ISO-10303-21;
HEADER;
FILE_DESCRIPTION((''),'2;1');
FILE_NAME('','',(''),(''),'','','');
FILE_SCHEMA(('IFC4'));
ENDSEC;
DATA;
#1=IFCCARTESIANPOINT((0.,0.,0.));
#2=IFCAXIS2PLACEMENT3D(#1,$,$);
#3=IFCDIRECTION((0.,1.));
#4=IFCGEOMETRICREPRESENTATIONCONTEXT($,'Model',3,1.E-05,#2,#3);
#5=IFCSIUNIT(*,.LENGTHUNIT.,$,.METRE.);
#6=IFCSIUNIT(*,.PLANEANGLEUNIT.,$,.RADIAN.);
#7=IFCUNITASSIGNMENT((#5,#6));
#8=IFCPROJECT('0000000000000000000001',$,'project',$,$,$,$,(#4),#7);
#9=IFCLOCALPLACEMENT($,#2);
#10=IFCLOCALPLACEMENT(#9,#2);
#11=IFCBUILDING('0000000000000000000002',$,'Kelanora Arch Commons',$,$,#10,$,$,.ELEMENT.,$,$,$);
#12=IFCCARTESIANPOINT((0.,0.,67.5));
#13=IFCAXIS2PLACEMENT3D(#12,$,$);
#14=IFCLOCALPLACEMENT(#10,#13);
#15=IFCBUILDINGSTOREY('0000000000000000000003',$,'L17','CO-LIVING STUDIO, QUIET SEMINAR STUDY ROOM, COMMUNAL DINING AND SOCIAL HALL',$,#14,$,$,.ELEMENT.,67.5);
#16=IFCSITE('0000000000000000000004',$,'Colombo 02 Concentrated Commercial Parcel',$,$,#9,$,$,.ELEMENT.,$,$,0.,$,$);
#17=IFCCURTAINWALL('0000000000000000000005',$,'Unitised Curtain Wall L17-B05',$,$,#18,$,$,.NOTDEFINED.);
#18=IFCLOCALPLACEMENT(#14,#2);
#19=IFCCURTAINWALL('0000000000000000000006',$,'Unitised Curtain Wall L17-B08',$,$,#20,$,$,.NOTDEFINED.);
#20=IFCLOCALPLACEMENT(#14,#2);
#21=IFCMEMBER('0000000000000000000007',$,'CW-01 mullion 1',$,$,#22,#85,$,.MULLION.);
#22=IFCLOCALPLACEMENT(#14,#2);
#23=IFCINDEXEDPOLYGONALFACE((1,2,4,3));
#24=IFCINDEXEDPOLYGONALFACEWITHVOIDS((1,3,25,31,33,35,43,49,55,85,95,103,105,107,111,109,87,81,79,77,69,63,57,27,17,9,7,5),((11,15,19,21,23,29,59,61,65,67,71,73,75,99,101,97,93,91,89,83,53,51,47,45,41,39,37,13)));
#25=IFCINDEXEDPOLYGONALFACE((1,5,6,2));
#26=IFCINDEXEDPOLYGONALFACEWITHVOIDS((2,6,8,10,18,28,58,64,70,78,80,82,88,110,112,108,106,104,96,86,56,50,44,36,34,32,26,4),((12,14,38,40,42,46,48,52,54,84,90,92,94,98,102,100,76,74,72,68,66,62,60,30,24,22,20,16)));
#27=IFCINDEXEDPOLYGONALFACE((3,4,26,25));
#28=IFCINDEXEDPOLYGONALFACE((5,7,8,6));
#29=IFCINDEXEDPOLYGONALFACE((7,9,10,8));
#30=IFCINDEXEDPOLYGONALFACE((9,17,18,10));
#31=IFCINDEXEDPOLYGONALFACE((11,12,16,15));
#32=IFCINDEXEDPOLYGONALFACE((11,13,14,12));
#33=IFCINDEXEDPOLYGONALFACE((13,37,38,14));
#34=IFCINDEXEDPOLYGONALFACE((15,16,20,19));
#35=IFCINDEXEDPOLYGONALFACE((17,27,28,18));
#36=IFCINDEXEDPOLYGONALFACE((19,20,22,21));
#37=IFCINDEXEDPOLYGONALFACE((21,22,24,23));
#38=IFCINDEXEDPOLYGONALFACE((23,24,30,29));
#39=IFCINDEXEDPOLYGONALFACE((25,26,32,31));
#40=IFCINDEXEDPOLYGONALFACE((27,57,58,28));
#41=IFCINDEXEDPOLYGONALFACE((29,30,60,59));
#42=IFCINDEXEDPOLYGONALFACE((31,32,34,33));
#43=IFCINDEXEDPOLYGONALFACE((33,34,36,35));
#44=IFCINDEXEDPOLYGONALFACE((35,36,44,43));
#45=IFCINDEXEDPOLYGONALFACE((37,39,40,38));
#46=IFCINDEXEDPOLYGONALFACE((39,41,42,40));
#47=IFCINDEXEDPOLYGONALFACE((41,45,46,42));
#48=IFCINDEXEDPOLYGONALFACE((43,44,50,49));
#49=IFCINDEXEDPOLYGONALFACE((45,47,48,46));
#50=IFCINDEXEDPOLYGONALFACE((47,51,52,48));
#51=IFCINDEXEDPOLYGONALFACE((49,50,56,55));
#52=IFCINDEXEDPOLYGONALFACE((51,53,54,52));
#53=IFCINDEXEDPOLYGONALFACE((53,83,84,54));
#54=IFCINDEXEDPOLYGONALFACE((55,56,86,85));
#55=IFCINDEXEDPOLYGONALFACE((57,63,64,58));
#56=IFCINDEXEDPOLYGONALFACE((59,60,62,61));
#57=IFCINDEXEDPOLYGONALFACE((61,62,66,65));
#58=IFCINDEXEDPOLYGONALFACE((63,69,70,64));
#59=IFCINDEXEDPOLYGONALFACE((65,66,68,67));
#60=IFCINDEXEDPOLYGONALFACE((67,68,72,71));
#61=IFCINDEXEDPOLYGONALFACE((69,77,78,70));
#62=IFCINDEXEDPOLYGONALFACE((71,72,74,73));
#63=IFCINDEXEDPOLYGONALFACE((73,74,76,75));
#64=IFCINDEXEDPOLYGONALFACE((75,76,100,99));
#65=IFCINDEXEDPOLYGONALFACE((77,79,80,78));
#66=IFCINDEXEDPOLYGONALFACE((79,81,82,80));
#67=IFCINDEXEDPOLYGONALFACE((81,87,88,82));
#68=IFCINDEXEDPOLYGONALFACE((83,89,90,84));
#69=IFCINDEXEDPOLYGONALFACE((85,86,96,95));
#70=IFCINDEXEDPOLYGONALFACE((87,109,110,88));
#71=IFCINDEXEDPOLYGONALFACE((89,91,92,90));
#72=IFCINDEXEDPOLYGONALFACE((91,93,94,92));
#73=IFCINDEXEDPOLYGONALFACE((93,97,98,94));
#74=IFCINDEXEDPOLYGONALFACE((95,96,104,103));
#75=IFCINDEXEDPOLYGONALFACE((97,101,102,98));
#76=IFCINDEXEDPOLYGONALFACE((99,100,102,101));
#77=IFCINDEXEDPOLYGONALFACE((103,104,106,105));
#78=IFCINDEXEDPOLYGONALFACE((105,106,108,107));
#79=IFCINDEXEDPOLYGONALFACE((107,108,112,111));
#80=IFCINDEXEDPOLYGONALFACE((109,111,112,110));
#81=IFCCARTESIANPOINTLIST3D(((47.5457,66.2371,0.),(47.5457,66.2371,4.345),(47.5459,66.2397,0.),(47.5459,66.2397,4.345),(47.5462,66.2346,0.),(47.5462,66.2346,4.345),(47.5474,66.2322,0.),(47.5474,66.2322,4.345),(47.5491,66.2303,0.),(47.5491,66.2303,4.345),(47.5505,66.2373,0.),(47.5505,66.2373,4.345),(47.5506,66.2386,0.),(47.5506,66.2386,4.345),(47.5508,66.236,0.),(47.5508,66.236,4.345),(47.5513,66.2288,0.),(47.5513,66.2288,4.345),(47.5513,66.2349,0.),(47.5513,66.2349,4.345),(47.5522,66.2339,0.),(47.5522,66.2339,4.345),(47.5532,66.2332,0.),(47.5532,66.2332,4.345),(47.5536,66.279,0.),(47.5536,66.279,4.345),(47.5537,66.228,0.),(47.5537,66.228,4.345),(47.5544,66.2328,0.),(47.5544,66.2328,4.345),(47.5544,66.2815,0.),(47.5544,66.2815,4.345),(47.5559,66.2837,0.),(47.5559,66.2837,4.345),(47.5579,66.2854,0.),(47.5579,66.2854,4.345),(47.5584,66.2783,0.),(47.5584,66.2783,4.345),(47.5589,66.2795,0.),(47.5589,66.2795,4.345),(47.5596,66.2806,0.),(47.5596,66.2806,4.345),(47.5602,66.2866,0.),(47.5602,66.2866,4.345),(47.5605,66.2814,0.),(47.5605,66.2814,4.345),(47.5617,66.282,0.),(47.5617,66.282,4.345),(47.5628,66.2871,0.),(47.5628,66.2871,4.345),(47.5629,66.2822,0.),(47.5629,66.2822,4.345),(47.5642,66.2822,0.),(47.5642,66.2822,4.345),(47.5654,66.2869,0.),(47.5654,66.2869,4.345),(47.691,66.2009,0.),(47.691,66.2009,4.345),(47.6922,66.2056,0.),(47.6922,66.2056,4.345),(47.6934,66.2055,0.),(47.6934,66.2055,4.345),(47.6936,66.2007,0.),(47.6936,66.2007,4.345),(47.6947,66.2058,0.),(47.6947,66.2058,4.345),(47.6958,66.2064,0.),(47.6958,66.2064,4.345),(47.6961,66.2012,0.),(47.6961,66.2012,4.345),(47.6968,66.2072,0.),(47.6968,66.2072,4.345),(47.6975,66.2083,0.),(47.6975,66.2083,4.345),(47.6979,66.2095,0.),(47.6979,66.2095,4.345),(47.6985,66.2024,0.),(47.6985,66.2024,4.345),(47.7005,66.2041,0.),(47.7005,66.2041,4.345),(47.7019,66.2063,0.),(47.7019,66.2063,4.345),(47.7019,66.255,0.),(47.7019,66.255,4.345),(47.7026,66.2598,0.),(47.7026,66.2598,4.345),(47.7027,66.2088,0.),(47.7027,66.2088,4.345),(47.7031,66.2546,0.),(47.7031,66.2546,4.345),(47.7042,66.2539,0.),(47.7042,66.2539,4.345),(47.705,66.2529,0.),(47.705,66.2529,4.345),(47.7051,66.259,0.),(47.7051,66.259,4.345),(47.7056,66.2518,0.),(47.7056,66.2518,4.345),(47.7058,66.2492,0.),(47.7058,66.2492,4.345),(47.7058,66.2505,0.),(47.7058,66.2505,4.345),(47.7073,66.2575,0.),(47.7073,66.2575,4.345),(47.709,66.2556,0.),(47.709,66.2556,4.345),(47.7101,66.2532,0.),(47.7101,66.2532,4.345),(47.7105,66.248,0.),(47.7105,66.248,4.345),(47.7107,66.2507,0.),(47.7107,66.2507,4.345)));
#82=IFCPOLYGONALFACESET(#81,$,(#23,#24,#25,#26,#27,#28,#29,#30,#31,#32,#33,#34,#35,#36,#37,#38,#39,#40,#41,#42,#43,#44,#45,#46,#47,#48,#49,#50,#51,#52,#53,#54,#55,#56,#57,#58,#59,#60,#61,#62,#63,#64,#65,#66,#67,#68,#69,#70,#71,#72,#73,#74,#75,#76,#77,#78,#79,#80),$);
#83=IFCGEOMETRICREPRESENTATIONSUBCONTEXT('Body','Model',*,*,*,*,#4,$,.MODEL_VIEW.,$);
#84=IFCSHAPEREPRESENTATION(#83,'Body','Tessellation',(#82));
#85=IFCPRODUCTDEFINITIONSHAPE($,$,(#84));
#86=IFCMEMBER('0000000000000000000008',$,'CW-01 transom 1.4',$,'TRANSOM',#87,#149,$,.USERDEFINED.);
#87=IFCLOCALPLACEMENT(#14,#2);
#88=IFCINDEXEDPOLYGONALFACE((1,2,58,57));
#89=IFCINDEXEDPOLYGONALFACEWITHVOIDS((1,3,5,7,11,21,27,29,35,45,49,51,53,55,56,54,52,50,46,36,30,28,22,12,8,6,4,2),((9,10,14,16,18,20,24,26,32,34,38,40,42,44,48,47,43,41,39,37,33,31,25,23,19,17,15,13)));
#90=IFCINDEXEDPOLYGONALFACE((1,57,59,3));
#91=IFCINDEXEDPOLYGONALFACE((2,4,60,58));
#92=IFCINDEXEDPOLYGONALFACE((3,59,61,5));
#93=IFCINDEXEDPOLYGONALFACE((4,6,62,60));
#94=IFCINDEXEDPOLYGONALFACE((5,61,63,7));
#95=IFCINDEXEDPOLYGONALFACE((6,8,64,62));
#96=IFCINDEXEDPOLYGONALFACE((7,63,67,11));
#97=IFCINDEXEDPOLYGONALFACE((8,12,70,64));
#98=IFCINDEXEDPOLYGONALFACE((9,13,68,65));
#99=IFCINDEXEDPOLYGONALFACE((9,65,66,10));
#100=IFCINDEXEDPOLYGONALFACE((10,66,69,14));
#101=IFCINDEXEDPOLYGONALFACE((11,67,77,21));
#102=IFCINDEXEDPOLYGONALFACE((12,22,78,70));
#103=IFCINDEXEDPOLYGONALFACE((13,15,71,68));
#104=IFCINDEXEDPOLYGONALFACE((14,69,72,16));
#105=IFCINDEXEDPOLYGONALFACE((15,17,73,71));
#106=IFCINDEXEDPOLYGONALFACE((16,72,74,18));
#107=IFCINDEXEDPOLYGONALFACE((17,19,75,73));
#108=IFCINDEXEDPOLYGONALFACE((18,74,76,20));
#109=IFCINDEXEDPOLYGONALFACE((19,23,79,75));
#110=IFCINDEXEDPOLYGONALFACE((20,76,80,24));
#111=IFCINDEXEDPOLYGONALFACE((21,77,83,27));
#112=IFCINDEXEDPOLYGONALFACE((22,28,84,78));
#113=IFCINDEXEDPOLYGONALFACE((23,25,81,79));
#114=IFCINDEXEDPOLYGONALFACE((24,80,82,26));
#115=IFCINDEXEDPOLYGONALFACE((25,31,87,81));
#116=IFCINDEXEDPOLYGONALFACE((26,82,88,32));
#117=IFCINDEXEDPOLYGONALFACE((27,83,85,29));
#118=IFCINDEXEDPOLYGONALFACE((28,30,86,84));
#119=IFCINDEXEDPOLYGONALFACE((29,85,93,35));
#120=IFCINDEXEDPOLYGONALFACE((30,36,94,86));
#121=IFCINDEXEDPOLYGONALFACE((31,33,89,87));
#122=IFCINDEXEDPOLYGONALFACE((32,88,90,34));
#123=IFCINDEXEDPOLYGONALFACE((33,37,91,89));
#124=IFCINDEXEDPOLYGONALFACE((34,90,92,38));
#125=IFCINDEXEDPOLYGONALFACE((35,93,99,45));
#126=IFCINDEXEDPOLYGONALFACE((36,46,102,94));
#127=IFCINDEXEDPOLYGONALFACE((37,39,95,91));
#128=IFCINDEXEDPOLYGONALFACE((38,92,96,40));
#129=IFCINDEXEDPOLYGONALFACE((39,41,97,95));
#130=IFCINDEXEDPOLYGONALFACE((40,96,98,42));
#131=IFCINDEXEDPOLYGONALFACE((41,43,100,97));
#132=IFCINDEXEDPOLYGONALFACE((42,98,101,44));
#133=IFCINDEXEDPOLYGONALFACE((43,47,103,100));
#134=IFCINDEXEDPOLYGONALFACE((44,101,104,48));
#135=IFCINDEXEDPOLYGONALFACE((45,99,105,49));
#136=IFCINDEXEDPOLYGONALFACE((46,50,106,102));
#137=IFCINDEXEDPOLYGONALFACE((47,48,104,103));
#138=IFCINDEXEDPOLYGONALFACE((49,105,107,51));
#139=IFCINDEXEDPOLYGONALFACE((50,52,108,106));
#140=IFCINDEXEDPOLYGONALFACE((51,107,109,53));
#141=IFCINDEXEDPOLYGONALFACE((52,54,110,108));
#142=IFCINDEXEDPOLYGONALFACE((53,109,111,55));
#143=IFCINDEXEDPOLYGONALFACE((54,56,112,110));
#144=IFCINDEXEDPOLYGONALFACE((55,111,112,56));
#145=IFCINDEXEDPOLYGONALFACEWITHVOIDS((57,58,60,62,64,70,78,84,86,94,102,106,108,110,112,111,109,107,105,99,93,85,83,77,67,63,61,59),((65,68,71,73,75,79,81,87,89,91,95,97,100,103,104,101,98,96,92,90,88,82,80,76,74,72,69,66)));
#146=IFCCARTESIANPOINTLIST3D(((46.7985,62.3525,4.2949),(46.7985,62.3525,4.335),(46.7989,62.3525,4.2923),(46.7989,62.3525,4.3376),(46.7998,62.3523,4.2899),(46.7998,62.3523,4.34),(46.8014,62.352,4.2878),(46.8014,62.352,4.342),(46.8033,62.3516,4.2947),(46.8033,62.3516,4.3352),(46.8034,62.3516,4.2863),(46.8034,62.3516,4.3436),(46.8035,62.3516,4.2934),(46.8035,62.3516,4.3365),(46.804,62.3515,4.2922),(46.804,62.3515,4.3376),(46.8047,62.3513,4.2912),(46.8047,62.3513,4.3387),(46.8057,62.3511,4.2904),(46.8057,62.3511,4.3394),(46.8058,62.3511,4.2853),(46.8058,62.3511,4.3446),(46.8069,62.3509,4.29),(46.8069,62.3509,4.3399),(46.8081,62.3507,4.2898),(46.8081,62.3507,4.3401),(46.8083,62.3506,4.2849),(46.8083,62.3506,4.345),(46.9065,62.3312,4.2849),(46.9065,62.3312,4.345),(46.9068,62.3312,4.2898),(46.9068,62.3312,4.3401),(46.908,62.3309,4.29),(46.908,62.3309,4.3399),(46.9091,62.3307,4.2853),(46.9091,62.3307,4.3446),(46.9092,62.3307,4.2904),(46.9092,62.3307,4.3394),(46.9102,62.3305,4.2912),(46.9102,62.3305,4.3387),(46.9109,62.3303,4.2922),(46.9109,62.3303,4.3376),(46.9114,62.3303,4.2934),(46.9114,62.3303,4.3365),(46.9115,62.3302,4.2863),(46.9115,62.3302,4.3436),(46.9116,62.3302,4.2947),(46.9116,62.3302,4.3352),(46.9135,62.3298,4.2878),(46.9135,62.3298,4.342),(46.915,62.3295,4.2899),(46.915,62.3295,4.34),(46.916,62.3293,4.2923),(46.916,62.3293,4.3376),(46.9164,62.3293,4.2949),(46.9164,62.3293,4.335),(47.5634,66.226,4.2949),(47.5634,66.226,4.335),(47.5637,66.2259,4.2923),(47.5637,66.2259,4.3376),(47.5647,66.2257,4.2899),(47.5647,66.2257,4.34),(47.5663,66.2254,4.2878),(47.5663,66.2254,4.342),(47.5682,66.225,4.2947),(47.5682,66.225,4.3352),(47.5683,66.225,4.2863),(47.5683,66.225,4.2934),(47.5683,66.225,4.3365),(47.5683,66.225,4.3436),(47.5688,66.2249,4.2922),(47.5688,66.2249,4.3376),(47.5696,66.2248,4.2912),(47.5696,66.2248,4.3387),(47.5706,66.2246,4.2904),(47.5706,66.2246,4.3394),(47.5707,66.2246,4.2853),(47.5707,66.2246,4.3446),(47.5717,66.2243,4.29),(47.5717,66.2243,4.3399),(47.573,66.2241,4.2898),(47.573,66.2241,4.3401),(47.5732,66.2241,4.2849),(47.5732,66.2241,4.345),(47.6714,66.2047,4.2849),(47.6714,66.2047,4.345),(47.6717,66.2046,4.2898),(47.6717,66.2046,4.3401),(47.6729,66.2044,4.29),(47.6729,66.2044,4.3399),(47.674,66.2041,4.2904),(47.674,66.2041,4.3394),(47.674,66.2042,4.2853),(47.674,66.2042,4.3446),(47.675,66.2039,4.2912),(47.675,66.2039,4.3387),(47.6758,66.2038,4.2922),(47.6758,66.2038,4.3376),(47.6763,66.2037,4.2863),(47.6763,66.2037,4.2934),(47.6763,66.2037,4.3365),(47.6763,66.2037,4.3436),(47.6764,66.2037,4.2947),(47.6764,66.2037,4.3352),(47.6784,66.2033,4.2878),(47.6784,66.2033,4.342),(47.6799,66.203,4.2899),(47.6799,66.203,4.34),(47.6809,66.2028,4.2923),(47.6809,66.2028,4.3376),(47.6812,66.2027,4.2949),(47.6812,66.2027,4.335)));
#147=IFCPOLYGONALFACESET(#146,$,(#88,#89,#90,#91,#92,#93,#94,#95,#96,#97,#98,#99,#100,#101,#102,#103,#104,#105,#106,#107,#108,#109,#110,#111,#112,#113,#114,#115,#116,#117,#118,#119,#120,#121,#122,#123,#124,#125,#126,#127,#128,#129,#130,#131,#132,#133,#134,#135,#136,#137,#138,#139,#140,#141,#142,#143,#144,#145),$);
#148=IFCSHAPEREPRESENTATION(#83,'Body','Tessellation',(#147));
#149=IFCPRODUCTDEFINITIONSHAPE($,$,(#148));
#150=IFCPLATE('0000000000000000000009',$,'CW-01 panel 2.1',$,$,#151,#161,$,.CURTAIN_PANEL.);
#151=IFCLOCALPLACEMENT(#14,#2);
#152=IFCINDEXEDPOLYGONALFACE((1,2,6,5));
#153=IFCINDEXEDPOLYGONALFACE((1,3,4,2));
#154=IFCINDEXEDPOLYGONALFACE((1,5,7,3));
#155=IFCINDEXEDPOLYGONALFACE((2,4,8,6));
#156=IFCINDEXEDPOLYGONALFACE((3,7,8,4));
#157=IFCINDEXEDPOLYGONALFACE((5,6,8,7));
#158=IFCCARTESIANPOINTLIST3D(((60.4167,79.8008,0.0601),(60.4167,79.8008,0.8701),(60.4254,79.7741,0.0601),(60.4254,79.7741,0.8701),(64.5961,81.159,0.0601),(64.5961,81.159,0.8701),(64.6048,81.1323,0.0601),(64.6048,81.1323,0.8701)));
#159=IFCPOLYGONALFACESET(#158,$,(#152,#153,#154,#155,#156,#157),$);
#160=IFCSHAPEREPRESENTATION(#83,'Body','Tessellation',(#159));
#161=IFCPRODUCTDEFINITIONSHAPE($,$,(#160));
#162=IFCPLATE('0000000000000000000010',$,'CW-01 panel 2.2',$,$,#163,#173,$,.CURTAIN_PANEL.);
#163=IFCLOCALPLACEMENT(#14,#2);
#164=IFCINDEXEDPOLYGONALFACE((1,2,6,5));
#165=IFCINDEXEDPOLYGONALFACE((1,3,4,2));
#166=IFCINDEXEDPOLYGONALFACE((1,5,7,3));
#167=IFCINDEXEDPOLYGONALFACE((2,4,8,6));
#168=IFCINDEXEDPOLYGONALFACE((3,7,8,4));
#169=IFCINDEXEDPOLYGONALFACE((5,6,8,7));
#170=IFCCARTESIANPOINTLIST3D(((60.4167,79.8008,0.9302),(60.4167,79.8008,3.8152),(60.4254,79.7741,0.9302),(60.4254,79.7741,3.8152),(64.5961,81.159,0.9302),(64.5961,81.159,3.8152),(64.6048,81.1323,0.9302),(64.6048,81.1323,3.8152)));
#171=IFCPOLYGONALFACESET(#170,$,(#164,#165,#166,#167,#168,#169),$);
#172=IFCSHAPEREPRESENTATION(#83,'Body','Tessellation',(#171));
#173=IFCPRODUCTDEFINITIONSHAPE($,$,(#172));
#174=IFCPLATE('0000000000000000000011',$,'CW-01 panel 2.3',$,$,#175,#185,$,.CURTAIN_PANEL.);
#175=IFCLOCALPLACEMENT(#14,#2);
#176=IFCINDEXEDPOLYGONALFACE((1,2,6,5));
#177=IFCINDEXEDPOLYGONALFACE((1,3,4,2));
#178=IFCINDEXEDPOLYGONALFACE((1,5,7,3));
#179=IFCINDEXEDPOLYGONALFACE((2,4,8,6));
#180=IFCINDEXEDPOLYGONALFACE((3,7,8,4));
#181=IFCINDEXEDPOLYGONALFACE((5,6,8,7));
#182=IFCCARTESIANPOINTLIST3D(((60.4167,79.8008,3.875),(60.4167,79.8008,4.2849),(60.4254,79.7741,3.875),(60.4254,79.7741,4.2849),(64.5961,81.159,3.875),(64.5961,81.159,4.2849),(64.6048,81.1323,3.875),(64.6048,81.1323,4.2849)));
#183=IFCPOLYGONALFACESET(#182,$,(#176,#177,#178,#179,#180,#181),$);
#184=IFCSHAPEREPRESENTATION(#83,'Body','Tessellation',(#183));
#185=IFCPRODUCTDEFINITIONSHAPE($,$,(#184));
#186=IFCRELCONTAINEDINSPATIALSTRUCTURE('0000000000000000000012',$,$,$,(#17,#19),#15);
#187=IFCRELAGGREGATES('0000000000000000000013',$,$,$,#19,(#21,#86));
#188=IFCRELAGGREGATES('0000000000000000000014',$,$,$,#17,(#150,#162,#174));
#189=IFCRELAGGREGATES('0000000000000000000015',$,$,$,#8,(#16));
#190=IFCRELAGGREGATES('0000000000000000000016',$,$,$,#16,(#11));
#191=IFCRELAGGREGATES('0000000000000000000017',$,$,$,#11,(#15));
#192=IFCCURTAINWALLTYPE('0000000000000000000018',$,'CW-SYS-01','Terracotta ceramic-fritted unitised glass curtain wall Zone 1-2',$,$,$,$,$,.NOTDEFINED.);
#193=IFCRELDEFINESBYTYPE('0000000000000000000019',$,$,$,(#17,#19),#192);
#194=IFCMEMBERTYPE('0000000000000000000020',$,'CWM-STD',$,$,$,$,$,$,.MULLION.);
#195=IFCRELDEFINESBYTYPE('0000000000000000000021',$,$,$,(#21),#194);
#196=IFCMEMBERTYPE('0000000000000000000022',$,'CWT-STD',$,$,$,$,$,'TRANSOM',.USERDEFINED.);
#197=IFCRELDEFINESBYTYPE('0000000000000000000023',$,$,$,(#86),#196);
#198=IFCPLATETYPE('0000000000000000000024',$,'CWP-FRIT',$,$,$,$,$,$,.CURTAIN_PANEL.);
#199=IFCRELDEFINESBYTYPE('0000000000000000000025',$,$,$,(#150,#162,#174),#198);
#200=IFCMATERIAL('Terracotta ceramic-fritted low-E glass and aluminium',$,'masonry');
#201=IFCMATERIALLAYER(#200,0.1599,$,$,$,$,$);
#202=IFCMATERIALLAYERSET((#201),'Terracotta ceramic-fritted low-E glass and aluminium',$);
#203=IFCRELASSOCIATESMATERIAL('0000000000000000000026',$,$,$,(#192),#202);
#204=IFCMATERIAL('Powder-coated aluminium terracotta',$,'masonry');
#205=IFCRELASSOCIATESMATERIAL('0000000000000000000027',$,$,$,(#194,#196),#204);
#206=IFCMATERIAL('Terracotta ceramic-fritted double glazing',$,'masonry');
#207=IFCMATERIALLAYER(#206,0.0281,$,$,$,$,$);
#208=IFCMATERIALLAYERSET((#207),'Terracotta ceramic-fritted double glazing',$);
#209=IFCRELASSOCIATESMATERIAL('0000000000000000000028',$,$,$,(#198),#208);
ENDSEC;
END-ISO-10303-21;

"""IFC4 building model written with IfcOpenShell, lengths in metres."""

from ifc_helpers import new_model, si_unit, direction, frame, origin, origin_2d, place, context, subcontext, project, spatial, rectangle, hollow_rectangle, extrude, source, transform, mapped, material, layer, layer_set, material_profile, profile_set, type_object, element, aggregate, save


model = new_model("IFC4")

# Units and contexts
model_context = context("Model", 3, precision=1e-05, world=origin(), true_north=direction((0.0, 1.0)))
body_context = subcontext(model_context, "Body", "Model", "MODEL_VIEW")
ifc_project = project(units=[si_unit("LENGTHUNIT", "METRE"), si_unit("PLANEANGLEUNIT", "RADIAN")], contexts=[model_context])

# Site, building, storey
site_placement = place(None, origin())
site = spatial("IfcSite", under=ifc_project, at=site_placement, Name="Colombo 02 Concentrated Commercial Parcel", CompositionType="ELEMENT", RefElevation=0.0)
building_placement = place(site_placement, origin())
building = spatial("IfcBuilding", under=site, at=building_placement, Name="Kelanora Arch Commons", CompositionType="ELEMENT")
storey_placement = place(building_placement, frame((0.0, 0.0, 67.5)))
storey = spatial("IfcBuildingStorey", under=building, at=storey_placement, Name="L17", Description="CO-LIVING STUDIO, QUIET SEMINAR STUDY ROOM, COMMUNAL DINING AND SOCIAL HALL", CompositionType="ELEMENT", Elevation=67.5)

# Curtain wall
ifc_material_1 = material(Name="Terracotta ceramic-fritted low-E glass and aluminium", Category="masonry")
ifc_layer_1 = layer(ifc_material_1, 0.1599)
ifc_layer_set_1 = layer_set([ifc_layer_1], Name="Terracotta ceramic-fritted low-E glass and aluminium")
curtain_wall_type = type_object("IfcCurtainWallType", Name="CW-SYS-01", Description="Terracotta ceramic-fritted unitised glass curtain wall Zone 1-2", PredefinedType="NOTDEFINED", material=ifc_layer_set_1)
curtain_wall_1_placement = place(storey_placement, origin())
curtain_wall_1 = element("IfcCurtainWall", 1, at=curtain_wall_1_placement, inside=storey, type_object=curtain_wall_type, Name="Unitised Curtain Wall L17-B05", PredefinedType="NOTDEFINED")
ifc_material_2 = material(Name="Powder-coated aluminium terracotta", Category="masonry")
ifc_material_profile_1 = material_profile(ifc_material_2, hollow_rectangle(XDim=0.1599, YDim=0.0601, WallThickness=0.0049, InnerFilletRadius=0.0049, OuterFilletRadius=0.01, at=origin_2d()), Name="CWM160x60")
ifc_profile_set_1 = profile_set([ifc_material_profile_1], Name="Powder-coated aluminium terracotta")
member_type_1 = type_object("IfcMemberType", Name="CWM-STD", PredefinedType="MULLION", material=ifc_profile_set_1)

# Curtain wall, members
curtain_wall_2_placement = place(storey_placement, origin())
curtain_wall_2 = element("IfcCurtainWall", 2, at=curtain_wall_2_placement, inside=storey, type_object=curtain_wall_type, Name="Unitised Curtain Wall L17-B08", PredefinedType="NOTDEFINED")
member_1_placement = place(storey_placement, frame((47.6282, 66.2439, 0.0), z_axis=(0.0, 0.0, 1.0), x_axis=(0.981052, -0.193744, 0.0)))
member_1 = element("IfcMember", 3, at=member_1_placement, type_object=member_type_1, Name="CW-01 mullion 1", PredefinedType="MULLION", context=body_context, shape_type="SweptSolid", body=[
    extrude(hollow_rectangle(XDim=0.1599, YDim=0.0601, WallThickness=0.0049, InnerFilletRadius=0.0049, OuterFilletRadius=0.01, at=origin_2d()), origin(), (0.0, 0.0, 1.0), 4.345),
])
ifc_material_profile_2 = material_profile(ifc_material_2, hollow_rectangle(XDim=0.1201, YDim=0.0601, WallThickness=0.0049, InnerFilletRadius=0.0049, OuterFilletRadius=0.01, at=origin_2d()), Name="CWT120x60")
ifc_profile_set_2 = profile_set([ifc_material_profile_2], Name="Powder-coated aluminium terracotta")
member_type_2 = type_object("IfcMemberType", Name="CWT-STD", ElementType="TRANSOM", PredefinedType="USERDEFINED", material=ifc_profile_set_2)
member_2_placement = place(storey_placement, frame((47.6223, 66.2144, 4.3149), z_axis=(-0.193725, -0.981056, 0.0), x_axis=(0.981056, -0.193725, 0.0)))
member_2 = element("IfcMember", 4, at=member_2_placement, type_object=member_type_2, Name="CW-01 transom 1.4", ObjectType="TRANSOM", PredefinedType="USERDEFINED", context=body_context, shape_type="SweptSolid", body=[
    extrude(hollow_rectangle(XDim=0.1201, YDim=0.0601, WallThickness=0.0049, InnerFilletRadius=0.0049, OuterFilletRadius=0.01, at=origin_2d()), origin(), (0.0, 0.0, 1.0), 3.9482),
])
aggregate(curtain_wall_2, [member_1, member_2])

# Plates
ifc_material_3 = material(Name="Terracotta ceramic-fritted double glazing", Category="masonry")
ifc_layer_2 = layer(ifc_material_3, 0.0281)
ifc_layer_set_2 = layer_set([ifc_layer_2], Name="Terracotta ceramic-fritted double glazing")
plate_type = type_object("IfcPlateType", Name="CWP-FRIT", PredefinedType="CURTAIN_PANEL", material=ifc_layer_set_2)
shared_shape_1 = source(origin(), body_context, "Body", "SweptSolid", [
    extrude(rectangle(XDim=4.3945, YDim=0.0281, at=origin_2d()), origin(), (0.0, 0.0, 1.0), 0.8101),
])
plate_1_placement = place(storey_placement, frame((62.5107, 80.4666, 0.0601), z_axis=(0.0, 0.0, 1.0), x_axis=(-0.951043, -0.309058, 0.0)))
plate_1 = element("IfcPlate", 5, at=plate_1_placement, type_object=plate_type, Name="CW-01 panel 2.1", PredefinedType="CURTAIN_PANEL", context=body_context, shape_type="MappedRepresentation", body=[
    mapped(shared_shape_1, transform((0.0, 0.0, 0.0), scale=1.0)),
])
shared_shape_2 = source(origin(), body_context, "Body", "SweptSolid", [
    extrude(rectangle(XDim=4.3945, YDim=0.0281, at=origin_2d()), origin(), (0.0, 0.0, 1.0), 2.885),
])
plate_2_placement = place(storey_placement, frame((62.5107, 80.4666, 0.9302), z_axis=(0.0, 0.0, 1.0), x_axis=(-0.951043, -0.309058, 0.0)))
plate_2 = element("IfcPlate", 6, at=plate_2_placement, type_object=plate_type, Name="CW-01 panel 2.2", PredefinedType="CURTAIN_PANEL", context=body_context, shape_type="MappedRepresentation", body=[
    mapped(shared_shape_2, transform((0.0, 0.0, 0.0), scale=1.0)),
])
shared_shape_3 = source(origin(), body_context, "Body", "SweptSolid", [
    extrude(rectangle(XDim=4.3945, YDim=0.0281, at=origin_2d()), origin(), (0.0, 0.0, 1.0), 0.4099),
])
plate_3_placement = place(storey_placement, frame((62.5107, 80.4666, 3.875), z_axis=(0.0, 0.0, 1.0), x_axis=(-0.951043, -0.309058, 0.0)))
plate_3 = element("IfcPlate", 7, at=plate_3_placement, type_object=plate_type, Name="CW-01 panel 2.3", PredefinedType="CURTAIN_PANEL", context=body_context, shape_type="MappedRepresentation", body=[
    mapped(shared_shape_3, transform((0.0, 0.0, 0.0), scale=1.0)),
])
aggregate(curtain_wall_1, [plate_1, plate_2, plate_3])

save(model, "model.ifc")
